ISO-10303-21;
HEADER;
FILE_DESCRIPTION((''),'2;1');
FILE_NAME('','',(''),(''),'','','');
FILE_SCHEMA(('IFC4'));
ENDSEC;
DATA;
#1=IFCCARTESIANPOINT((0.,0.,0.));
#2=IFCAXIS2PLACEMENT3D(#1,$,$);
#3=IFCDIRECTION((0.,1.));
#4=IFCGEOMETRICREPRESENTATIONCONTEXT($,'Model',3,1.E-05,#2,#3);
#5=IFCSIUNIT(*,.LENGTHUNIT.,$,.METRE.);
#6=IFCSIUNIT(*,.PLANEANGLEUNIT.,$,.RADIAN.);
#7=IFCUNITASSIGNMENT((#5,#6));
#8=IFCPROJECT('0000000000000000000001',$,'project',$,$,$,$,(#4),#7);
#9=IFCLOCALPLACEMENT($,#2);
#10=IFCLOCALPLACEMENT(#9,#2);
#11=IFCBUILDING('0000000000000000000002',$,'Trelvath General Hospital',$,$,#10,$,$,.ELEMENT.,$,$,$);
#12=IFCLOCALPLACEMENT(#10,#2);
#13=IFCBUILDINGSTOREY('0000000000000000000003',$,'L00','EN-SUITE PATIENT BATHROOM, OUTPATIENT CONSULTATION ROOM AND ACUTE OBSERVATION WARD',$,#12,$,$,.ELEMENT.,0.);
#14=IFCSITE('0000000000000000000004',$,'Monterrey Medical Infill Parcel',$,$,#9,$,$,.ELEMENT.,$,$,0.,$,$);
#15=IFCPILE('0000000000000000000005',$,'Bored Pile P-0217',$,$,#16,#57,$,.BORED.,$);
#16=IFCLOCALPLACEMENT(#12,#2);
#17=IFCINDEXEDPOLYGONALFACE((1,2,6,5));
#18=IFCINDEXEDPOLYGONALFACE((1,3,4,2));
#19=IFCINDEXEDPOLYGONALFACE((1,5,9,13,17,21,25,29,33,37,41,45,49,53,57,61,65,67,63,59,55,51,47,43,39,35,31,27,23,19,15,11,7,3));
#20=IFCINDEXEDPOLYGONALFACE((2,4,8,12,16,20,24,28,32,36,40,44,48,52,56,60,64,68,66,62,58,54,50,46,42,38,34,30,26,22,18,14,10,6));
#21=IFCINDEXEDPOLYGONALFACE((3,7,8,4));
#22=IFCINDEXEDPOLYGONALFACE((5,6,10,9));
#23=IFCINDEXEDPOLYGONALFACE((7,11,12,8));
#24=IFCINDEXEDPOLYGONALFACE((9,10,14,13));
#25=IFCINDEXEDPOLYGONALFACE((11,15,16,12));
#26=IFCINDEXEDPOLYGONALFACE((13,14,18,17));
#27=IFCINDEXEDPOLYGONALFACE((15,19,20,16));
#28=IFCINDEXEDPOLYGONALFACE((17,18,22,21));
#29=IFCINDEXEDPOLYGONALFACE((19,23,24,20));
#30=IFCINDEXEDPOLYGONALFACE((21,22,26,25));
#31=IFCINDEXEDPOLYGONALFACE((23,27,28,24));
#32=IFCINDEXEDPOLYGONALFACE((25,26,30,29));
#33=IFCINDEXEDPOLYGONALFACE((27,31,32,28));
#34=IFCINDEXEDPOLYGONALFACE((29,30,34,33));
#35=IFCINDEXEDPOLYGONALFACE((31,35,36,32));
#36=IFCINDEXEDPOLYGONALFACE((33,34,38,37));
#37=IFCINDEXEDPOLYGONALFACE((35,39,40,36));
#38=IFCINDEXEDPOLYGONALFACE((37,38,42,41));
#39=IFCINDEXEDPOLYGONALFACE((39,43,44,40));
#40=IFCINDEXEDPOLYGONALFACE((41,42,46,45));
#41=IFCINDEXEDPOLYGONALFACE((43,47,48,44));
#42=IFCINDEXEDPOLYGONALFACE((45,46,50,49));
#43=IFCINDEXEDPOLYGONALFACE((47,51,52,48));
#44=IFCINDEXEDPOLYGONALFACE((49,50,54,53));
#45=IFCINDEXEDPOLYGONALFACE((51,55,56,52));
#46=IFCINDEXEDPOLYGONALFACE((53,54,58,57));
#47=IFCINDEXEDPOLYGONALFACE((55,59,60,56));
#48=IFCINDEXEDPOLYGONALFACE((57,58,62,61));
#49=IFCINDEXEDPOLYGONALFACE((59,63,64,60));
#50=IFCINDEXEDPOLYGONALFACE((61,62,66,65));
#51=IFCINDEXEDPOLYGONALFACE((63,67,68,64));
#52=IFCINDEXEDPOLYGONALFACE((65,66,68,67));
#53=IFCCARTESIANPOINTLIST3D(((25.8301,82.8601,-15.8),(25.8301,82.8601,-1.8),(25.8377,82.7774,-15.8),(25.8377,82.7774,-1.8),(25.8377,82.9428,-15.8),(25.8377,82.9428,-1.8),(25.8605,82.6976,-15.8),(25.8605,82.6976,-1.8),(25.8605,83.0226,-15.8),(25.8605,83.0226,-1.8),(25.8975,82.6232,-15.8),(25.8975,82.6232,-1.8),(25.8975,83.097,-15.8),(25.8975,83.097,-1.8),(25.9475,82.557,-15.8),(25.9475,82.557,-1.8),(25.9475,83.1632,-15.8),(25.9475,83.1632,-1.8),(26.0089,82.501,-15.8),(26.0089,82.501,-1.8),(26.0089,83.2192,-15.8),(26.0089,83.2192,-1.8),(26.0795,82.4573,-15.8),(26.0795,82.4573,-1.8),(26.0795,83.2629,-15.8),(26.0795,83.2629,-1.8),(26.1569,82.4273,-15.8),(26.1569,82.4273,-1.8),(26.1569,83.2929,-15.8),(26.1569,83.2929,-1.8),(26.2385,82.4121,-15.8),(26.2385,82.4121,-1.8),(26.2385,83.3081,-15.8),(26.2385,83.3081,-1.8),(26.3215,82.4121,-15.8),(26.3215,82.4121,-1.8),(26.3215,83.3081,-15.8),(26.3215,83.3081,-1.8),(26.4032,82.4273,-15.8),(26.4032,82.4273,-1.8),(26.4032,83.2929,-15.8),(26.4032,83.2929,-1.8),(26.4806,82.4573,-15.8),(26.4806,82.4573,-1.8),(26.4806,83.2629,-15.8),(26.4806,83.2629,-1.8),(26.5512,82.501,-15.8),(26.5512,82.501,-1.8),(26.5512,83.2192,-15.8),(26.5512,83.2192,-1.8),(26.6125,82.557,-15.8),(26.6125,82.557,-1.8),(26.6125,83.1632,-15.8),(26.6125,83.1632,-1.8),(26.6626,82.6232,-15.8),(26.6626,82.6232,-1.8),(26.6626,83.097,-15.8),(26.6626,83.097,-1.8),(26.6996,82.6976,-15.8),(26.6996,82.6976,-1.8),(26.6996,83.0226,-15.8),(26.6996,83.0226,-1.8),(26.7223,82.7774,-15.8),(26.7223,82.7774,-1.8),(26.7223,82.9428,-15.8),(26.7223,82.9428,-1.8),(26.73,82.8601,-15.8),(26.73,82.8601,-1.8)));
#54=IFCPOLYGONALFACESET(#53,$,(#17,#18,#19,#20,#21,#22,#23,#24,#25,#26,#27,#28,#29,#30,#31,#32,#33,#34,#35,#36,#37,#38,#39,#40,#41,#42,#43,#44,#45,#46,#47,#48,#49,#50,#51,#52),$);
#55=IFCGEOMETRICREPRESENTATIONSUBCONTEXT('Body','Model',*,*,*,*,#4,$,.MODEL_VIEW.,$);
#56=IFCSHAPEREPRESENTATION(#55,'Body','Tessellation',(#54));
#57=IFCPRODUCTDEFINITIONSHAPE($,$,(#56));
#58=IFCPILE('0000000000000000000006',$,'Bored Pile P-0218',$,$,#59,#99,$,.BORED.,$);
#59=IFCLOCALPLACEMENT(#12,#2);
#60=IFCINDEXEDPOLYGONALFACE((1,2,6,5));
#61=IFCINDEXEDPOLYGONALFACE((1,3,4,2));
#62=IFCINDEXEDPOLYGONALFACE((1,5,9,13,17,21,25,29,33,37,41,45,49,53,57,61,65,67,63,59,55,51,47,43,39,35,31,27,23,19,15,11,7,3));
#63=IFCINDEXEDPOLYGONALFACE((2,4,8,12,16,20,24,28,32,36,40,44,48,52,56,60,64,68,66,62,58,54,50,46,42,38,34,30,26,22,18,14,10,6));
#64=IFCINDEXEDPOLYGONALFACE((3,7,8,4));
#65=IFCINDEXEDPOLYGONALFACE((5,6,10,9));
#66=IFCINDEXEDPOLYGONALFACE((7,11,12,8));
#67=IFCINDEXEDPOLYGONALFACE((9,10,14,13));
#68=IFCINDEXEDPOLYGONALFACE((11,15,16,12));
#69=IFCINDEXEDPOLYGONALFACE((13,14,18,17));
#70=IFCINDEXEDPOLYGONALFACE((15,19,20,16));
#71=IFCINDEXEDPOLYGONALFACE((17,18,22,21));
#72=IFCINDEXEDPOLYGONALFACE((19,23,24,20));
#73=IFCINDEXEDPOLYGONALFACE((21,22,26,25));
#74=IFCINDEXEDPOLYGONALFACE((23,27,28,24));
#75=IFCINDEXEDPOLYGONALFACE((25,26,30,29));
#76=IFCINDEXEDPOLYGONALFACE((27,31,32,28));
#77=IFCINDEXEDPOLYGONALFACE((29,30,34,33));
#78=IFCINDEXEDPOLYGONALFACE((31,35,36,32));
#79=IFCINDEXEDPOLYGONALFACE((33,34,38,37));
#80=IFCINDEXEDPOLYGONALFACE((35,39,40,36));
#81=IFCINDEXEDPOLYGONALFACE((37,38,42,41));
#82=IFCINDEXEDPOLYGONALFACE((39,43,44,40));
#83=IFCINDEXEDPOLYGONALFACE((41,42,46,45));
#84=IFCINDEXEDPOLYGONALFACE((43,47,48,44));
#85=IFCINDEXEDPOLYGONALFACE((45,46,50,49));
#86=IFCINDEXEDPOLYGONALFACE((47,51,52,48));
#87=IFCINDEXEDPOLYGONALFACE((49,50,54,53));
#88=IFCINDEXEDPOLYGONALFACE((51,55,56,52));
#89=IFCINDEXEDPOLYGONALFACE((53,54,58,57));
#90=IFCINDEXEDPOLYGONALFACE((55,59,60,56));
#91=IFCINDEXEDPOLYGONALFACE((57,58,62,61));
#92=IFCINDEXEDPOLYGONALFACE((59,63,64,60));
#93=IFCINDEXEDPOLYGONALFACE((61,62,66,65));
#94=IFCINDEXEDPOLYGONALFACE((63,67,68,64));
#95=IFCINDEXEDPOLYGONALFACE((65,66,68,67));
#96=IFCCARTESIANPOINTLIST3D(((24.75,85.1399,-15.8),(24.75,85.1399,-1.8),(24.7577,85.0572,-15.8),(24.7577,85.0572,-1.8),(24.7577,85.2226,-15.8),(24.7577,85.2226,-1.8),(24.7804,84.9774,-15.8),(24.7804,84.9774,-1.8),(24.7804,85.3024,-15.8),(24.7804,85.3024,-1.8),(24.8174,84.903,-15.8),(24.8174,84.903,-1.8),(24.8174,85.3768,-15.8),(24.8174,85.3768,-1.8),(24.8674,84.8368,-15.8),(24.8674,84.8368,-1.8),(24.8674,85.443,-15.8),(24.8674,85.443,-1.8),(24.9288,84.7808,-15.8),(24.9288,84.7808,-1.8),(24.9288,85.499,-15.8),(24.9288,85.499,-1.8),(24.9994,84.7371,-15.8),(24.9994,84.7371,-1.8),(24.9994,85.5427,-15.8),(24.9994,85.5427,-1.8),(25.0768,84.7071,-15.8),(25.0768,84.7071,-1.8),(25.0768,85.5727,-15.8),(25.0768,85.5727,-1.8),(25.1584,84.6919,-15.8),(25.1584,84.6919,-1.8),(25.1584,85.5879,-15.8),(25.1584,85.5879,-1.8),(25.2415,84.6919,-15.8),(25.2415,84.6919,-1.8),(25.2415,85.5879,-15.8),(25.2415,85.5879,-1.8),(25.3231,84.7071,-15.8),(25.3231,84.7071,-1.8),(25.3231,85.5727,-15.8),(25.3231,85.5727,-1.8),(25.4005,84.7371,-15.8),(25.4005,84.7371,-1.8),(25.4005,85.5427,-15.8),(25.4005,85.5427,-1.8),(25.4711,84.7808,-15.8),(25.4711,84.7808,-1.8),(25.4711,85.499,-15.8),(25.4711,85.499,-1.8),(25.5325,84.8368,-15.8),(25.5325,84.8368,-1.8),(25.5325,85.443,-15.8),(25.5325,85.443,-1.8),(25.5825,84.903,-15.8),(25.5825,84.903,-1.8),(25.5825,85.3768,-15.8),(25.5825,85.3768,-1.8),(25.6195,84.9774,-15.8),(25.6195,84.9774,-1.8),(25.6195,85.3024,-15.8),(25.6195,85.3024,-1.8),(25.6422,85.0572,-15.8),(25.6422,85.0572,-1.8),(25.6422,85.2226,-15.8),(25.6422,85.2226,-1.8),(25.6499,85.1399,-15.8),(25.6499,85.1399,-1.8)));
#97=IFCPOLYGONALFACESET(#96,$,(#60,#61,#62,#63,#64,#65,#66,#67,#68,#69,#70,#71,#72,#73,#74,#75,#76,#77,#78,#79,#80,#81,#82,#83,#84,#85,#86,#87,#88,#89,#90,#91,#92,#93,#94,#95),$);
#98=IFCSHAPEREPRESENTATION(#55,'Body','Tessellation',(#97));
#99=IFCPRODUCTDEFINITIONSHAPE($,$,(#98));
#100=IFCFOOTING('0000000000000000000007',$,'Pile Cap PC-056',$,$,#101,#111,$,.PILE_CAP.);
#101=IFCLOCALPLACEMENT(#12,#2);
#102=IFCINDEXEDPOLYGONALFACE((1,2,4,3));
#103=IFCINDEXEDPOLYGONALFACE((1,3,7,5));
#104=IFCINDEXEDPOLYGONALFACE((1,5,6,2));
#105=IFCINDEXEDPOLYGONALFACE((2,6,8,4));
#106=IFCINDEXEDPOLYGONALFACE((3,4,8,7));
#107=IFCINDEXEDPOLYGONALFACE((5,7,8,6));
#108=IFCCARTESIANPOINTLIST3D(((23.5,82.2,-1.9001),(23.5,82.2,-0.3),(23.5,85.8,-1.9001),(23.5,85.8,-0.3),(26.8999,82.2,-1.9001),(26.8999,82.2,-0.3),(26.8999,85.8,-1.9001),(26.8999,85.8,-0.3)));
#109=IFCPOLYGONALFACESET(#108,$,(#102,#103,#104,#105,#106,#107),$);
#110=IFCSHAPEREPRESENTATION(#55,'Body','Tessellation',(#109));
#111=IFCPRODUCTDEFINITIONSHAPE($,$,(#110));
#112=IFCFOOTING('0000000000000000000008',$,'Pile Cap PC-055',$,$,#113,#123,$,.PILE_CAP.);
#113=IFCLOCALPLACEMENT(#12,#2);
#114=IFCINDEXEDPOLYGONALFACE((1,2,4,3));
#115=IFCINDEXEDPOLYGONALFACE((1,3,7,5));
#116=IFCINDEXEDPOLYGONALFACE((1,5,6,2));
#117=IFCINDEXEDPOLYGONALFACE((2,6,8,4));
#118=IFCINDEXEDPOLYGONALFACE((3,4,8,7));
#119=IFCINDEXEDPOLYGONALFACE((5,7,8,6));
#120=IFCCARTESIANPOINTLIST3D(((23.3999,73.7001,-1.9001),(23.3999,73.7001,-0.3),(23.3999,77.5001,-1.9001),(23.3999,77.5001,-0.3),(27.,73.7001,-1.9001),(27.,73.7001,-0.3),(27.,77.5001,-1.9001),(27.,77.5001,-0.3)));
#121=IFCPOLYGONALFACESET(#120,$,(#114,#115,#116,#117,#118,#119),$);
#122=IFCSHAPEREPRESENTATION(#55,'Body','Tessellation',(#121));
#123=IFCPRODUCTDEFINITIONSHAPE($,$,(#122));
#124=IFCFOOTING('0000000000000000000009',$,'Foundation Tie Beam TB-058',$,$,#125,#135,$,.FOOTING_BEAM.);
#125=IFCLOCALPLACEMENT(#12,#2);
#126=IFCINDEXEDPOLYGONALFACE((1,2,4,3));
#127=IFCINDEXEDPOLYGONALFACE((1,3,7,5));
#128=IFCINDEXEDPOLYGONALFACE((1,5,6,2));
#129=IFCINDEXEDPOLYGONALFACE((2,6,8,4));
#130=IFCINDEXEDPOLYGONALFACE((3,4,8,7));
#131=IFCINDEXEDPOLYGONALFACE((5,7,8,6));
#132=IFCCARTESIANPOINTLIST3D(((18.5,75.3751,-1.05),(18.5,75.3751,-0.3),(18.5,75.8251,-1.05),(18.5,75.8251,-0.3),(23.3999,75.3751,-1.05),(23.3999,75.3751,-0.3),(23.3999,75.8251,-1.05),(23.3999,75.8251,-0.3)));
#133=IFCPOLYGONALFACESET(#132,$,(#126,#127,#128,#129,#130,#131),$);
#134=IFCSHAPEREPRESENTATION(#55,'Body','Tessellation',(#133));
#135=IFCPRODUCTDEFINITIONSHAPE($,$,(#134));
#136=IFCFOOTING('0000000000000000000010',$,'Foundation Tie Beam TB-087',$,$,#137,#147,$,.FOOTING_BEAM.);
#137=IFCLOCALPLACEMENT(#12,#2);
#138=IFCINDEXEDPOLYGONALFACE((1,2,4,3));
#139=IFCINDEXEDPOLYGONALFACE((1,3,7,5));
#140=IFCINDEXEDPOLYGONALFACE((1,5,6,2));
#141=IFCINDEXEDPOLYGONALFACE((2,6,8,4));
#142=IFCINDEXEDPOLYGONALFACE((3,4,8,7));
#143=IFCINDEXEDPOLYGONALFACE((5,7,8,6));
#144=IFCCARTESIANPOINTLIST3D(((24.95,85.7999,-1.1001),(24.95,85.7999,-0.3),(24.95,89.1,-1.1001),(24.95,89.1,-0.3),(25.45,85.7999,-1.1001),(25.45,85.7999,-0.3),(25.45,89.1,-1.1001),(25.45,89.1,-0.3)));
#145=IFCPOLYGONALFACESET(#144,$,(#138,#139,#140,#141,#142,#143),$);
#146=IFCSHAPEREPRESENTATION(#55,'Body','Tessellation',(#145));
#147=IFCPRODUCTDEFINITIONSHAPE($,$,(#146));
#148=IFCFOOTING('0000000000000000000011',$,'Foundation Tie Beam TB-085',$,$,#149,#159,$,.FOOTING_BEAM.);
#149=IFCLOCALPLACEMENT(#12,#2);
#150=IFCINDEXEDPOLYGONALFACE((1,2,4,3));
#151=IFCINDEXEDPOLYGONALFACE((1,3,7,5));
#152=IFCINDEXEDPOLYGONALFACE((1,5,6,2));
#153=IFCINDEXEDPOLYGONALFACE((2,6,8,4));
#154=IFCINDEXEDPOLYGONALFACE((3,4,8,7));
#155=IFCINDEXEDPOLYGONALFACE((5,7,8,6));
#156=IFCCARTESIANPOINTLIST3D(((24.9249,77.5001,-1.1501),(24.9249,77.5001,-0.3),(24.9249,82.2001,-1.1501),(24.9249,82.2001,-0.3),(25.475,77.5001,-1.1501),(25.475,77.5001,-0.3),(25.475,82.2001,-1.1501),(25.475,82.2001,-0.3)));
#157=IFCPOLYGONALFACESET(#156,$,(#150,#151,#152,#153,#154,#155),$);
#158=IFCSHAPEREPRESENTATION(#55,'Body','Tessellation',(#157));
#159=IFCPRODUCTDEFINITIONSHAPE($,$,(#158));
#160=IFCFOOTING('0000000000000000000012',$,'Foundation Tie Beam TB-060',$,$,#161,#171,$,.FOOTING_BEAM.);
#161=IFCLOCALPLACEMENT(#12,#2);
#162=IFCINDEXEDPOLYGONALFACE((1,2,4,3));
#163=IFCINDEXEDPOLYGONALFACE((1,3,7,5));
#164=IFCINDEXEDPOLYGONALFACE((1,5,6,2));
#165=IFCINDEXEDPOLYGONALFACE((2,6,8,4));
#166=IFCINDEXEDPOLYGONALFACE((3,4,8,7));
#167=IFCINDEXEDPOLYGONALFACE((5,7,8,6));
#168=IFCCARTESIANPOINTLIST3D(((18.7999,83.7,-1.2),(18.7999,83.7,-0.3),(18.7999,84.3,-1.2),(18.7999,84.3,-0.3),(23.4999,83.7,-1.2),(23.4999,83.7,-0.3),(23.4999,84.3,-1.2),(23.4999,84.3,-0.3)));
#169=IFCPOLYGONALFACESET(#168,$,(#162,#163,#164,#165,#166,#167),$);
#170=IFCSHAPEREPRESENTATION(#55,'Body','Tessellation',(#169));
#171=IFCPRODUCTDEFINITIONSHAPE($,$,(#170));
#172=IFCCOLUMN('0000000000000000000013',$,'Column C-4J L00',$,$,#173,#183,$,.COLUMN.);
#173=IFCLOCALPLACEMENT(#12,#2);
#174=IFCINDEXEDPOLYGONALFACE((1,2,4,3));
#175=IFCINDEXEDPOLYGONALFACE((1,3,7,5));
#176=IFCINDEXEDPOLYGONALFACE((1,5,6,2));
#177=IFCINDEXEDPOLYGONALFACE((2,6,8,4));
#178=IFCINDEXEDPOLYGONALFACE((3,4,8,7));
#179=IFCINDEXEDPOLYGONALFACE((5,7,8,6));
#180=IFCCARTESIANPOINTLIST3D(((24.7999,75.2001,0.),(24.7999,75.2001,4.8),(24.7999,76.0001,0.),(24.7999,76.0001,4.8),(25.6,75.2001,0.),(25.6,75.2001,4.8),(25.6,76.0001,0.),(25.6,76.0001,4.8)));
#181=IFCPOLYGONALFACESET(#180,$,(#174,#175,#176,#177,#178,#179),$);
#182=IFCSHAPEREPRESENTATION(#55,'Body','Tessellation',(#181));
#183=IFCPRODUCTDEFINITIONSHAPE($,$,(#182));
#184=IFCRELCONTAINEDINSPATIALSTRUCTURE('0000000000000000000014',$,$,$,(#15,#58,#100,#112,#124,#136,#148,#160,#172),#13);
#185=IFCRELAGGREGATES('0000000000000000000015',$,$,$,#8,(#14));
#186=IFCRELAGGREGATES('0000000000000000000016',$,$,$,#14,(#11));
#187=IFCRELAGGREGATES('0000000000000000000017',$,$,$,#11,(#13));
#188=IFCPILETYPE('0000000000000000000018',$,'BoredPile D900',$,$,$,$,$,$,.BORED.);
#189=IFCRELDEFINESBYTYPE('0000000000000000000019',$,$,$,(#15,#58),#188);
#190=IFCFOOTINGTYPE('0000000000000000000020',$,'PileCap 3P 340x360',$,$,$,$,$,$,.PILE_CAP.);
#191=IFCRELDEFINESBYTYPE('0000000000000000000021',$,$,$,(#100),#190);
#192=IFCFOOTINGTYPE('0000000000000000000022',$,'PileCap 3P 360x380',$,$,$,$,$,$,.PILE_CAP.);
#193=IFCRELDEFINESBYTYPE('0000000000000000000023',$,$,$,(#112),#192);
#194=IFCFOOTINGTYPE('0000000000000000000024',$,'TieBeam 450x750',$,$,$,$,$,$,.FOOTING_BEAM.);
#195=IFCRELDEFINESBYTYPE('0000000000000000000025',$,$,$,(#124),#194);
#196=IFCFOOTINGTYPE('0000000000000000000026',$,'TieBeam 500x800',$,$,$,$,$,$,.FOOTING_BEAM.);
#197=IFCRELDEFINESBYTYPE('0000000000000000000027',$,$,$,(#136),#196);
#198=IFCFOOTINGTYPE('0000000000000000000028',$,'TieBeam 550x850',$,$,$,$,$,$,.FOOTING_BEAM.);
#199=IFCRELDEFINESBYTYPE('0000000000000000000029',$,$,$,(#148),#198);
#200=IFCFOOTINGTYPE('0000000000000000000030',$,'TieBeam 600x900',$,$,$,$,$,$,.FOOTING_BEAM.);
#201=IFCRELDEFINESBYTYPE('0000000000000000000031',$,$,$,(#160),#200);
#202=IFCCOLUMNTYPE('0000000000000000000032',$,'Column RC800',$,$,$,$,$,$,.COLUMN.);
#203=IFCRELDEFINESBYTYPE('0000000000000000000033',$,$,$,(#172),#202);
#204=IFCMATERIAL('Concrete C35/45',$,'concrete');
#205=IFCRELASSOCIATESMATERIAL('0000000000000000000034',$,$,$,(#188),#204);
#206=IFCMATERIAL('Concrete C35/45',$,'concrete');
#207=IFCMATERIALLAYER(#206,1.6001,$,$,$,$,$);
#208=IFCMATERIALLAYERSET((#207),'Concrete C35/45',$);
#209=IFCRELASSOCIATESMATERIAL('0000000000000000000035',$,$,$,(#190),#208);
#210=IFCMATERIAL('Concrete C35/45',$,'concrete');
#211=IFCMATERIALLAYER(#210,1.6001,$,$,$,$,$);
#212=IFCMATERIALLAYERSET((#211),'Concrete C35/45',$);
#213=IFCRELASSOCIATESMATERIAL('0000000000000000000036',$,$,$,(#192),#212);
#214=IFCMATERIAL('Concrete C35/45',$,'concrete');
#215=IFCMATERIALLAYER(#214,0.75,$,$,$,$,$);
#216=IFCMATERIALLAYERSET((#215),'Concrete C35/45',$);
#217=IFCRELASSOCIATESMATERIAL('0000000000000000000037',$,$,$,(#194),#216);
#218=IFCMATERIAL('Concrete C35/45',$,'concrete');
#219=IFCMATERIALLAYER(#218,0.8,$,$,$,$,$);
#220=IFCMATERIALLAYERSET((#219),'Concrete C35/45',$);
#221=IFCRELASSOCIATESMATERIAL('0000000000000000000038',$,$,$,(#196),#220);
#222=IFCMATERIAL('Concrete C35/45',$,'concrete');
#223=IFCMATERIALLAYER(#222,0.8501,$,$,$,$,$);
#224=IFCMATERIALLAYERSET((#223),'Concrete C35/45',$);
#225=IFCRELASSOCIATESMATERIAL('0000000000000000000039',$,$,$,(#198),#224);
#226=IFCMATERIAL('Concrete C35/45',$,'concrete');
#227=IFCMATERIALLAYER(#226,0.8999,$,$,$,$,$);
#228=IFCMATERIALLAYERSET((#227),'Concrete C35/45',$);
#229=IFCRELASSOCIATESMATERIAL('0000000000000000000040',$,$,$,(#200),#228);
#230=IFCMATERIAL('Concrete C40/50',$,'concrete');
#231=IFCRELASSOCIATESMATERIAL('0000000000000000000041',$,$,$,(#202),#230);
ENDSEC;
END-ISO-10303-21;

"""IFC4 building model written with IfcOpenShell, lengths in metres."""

from ifc_helpers import new_model, si_unit, direction, frame, origin, origin_2d, place, context, subcontext, project, spatial, rectangle, circle, extrude, material, layer, layer_set, material_profile, profile_set, type_object, element, save


model = new_model("IFC4")

# Units and contexts
model_context = context("Model", 3, precision=1e-05, world=origin(), true_north=direction((0.0, 1.0)))
body_context = subcontext(model_context, "Body", "Model", "MODEL_VIEW")
ifc_project = project(units=[si_unit("LENGTHUNIT", "METRE"), si_unit("PLANEANGLEUNIT", "RADIAN")], contexts=[model_context])

# Site, building, storey
site_placement = place(None, origin())
site = spatial("IfcSite", under=ifc_project, at=site_placement, Name="Monterrey Medical Infill Parcel", CompositionType="ELEMENT", RefElevation=0.0)
building_placement = place(site_placement, origin())
building = spatial("IfcBuilding", under=site, at=building_placement, Name="Trelvath General Hospital", CompositionType="ELEMENT")
storey_placement = place(building_placement, origin())
storey = spatial("IfcBuildingStorey", under=building, at=storey_placement, Name="L00", Description="EN-SUITE PATIENT BATHROOM, OUTPATIENT CONSULTATION ROOM AND ACUTE OBSERVATION WARD", CompositionType="ELEMENT", Elevation=0.0)

# Piles
ifc_material_1 = material(Name="Concrete C35/45", Category="concrete")
ifc_material_profile_1 = material_profile(ifc_material_1, circle(Radius=0.45, at=origin_2d()), Name="PILE900")
ifc_profile_set_1 = profile_set([ifc_material_profile_1], Name="Concrete C35/45")
pile_type = type_object("IfcPileType", Name="BoredPile D900", PredefinedType="BORED", material=ifc_profile_set_1)
for number, where, z_axis, x_axis, name in (
    (1, (26.28, 82.8601, -1.8), (0.0, 0.0, -1.0), (1.0, 0.0, 0.0), "Bored Pile P-0217"),
    (2, (25.2, 85.1399, -1.8), (0.0, 0.0, -1.0), (1.0, 0.0, 0.0), "Bored Pile P-0218"),
):
    element("IfcPile", number, at=place(storey_placement, frame(where, z_axis=z_axis, x_axis=x_axis)), inside=storey, type_object=pile_type, Name=name, PredefinedType="BORED", context=body_context, shape_type="SweptSolid", body=[
        extrude(circle(Radius=0.45, at=origin_2d()), origin(), (0.0, 0.0, 1.0), 14.0),
    ])

# Footings
ifc_material_2 = material(Name="Concrete C35/45", Category="concrete")
ifc_layer_1 = layer(ifc_material_2, 1.6001)
ifc_layer_set_1 = layer_set([ifc_layer_1], Name="Concrete C35/45")
footing_type_1 = type_object("IfcFootingType", Name="PileCap 3P 340x360", PredefinedType="PILE_CAP", material=ifc_layer_set_1)
footing_1_placement = place(storey_placement, frame((25.2, 84.0, -1.9001), z_axis=(0.0, 0.0, 1.0), x_axis=(1.0, 0.0, 0.0)))
element("IfcFooting", 3, at=footing_1_placement, inside=storey, type_object=footing_type_1, Name="Pile Cap PC-056", PredefinedType="PILE_CAP", context=body_context, shape_type="SweptSolid", body=[
    extrude(rectangle(XDim=3.3999, YDim=3.6001, at=origin_2d()), origin(), (0.0, 0.0, 1.0), 1.6001),
])
ifc_material_3 = material(Name="Concrete C35/45", Category="concrete")
ifc_layer_2 = layer(ifc_material_3, 1.6001)
ifc_layer_set_2 = layer_set([ifc_layer_2], Name="Concrete C35/45")
footing_type_2 = type_object("IfcFootingType", Name="PileCap 3P 360x380", PredefinedType="PILE_CAP", material=ifc_layer_set_2)
footing_2_placement = place(storey_placement, frame((25.2, 75.6001, -1.9001), z_axis=(0.0, 0.0, 1.0), x_axis=(1.0, 0.0, 0.0)))
element("IfcFooting", 4, at=footing_2_placement, inside=storey, type_object=footing_type_2, Name="Pile Cap PC-055", PredefinedType="PILE_CAP", context=body_context, shape_type="SweptSolid", body=[
    extrude(rectangle(XDim=3.6001, YDim=3.8, at=origin_2d()), origin(), (0.0, 0.0, 1.0), 1.6001),
])
ifc_material_4 = material(Name="Concrete C35/45", Category="concrete")
ifc_layer_3 = layer(ifc_material_4, 0.75)
ifc_layer_set_3 = layer_set([ifc_layer_3], Name="Concrete C35/45")
footing_type_3 = type_object("IfcFootingType", Name="TieBeam 450x750", PredefinedType="FOOTING_BEAM", material=ifc_layer_set_3)
footing_3_placement = place(storey_placement, frame((20.95, 75.6001, -1.05), z_axis=(0.0, 0.0, 1.0), x_axis=(1.0, 0.0, 0.0)))
element("IfcFooting", 5, at=footing_3_placement, inside=storey, type_object=footing_type_3, Name="Foundation Tie Beam TB-058", PredefinedType="FOOTING_BEAM", context=body_context, shape_type="SweptSolid", body=[
    extrude(rectangle(XDim=4.8999, YDim=0.45, at=origin_2d()), origin(), (0.0, 0.0, 1.0), 0.75),
])
ifc_material_5 = material(Name="Concrete C35/45", Category="concrete")
ifc_layer_4 = layer(ifc_material_5, 0.8)
ifc_layer_set_4 = layer_set([ifc_layer_4], Name="Concrete C35/45")
footing_type_4 = type_object("IfcFootingType", Name="TieBeam 500x800", PredefinedType="FOOTING_BEAM", material=ifc_layer_set_4)
footing_4_placement = place(storey_placement, frame((25.2, 87.45, -1.1001), z_axis=(0.0, 0.0, 1.0), x_axis=(1.0, 0.0, 0.0)))
element("IfcFooting", 6, at=footing_4_placement, inside=storey, type_object=footing_type_4, Name="Foundation Tie Beam TB-087", PredefinedType="FOOTING_BEAM", context=body_context, shape_type="SweptSolid", body=[
    extrude(rectangle(XDim=0.5, YDim=3.3, at=origin_2d()), origin(), (0.0, 0.0, 1.0), 0.8),
])
ifc_material_6 = material(Name="Concrete C35/45", Category="concrete")
ifc_layer_5 = layer(ifc_material_6, 0.8501)
ifc_layer_set_5 = layer_set([ifc_layer_5], Name="Concrete C35/45")
footing_type_5 = type_object("IfcFootingType", Name="TieBeam 550x850", PredefinedType="FOOTING_BEAM", material=ifc_layer_set_5)
footing_5_placement = place(storey_placement, frame((25.2, 79.8501, -1.1501), z_axis=(0.0, 0.0, 1.0), x_axis=(1.0, 0.0, 0.0)))
element("IfcFooting", 7, at=footing_5_placement, inside=storey, type_object=footing_type_5, Name="Foundation Tie Beam TB-085", PredefinedType="FOOTING_BEAM", context=body_context, shape_type="SweptSolid", body=[
    extrude(rectangle(XDim=0.55, YDim=4.7, at=origin_2d()), origin(), (0.0, 0.0, 1.0), 0.8501),
])
ifc_material_7 = material(Name="Concrete C35/45", Category="concrete")
ifc_layer_6 = layer(ifc_material_7, 0.8999)
ifc_layer_set_6 = layer_set([ifc_layer_6], Name="Concrete C35/45")
footing_type_6 = type_object("IfcFootingType", Name="TieBeam 600x900", PredefinedType="FOOTING_BEAM", material=ifc_layer_set_6)
footing_6_placement = place(storey_placement, frame((21.1499, 84.0, -1.2), z_axis=(0.0, 0.0, 1.0), x_axis=(1.0, 0.0, 0.0)))
element("IfcFooting", 8, at=footing_6_placement, inside=storey, type_object=footing_type_6, Name="Foundation Tie Beam TB-060", PredefinedType="FOOTING_BEAM", context=body_context, shape_type="SweptSolid", body=[
    extrude(rectangle(XDim=4.7, YDim=0.6001, at=origin_2d()), origin(), (0.0, 0.0, 1.0), 0.8999),
])

# Column
ifc_material_8 = material(Name="Concrete C40/50", Category="concrete")
ifc_material_profile_2 = material_profile(ifc_material_8, rectangle(XDim=0.8, YDim=0.8, at=origin_2d()), Name="RC800x800")
ifc_profile_set_2 = profile_set([ifc_material_profile_2], Name="Concrete C40/50")
column_type = type_object("IfcColumnType", Name="Column RC800", PredefinedType="COLUMN", material=ifc_profile_set_2)
for number, where, z_axis, x_axis, name in (
    (9, (25.2, 75.6001, 0.0), (0.0, 0.0, 1.0), (1.0, 0.0, 0.0), "Column C-4J L00"),
):
    element("IfcColumn", number, at=place(storey_placement, frame(where, z_axis=z_axis, x_axis=x_axis)), inside=storey, type_object=column_type, Name=name, PredefinedType="COLUMN", context=body_context, shape_type="SweptSolid", body=[
        extrude(rectangle(XDim=0.8, YDim=0.8, at=origin_2d()), origin(), (0.0, 0.0, 1.0), 4.8),
    ])

save(model, "model.ifc")
